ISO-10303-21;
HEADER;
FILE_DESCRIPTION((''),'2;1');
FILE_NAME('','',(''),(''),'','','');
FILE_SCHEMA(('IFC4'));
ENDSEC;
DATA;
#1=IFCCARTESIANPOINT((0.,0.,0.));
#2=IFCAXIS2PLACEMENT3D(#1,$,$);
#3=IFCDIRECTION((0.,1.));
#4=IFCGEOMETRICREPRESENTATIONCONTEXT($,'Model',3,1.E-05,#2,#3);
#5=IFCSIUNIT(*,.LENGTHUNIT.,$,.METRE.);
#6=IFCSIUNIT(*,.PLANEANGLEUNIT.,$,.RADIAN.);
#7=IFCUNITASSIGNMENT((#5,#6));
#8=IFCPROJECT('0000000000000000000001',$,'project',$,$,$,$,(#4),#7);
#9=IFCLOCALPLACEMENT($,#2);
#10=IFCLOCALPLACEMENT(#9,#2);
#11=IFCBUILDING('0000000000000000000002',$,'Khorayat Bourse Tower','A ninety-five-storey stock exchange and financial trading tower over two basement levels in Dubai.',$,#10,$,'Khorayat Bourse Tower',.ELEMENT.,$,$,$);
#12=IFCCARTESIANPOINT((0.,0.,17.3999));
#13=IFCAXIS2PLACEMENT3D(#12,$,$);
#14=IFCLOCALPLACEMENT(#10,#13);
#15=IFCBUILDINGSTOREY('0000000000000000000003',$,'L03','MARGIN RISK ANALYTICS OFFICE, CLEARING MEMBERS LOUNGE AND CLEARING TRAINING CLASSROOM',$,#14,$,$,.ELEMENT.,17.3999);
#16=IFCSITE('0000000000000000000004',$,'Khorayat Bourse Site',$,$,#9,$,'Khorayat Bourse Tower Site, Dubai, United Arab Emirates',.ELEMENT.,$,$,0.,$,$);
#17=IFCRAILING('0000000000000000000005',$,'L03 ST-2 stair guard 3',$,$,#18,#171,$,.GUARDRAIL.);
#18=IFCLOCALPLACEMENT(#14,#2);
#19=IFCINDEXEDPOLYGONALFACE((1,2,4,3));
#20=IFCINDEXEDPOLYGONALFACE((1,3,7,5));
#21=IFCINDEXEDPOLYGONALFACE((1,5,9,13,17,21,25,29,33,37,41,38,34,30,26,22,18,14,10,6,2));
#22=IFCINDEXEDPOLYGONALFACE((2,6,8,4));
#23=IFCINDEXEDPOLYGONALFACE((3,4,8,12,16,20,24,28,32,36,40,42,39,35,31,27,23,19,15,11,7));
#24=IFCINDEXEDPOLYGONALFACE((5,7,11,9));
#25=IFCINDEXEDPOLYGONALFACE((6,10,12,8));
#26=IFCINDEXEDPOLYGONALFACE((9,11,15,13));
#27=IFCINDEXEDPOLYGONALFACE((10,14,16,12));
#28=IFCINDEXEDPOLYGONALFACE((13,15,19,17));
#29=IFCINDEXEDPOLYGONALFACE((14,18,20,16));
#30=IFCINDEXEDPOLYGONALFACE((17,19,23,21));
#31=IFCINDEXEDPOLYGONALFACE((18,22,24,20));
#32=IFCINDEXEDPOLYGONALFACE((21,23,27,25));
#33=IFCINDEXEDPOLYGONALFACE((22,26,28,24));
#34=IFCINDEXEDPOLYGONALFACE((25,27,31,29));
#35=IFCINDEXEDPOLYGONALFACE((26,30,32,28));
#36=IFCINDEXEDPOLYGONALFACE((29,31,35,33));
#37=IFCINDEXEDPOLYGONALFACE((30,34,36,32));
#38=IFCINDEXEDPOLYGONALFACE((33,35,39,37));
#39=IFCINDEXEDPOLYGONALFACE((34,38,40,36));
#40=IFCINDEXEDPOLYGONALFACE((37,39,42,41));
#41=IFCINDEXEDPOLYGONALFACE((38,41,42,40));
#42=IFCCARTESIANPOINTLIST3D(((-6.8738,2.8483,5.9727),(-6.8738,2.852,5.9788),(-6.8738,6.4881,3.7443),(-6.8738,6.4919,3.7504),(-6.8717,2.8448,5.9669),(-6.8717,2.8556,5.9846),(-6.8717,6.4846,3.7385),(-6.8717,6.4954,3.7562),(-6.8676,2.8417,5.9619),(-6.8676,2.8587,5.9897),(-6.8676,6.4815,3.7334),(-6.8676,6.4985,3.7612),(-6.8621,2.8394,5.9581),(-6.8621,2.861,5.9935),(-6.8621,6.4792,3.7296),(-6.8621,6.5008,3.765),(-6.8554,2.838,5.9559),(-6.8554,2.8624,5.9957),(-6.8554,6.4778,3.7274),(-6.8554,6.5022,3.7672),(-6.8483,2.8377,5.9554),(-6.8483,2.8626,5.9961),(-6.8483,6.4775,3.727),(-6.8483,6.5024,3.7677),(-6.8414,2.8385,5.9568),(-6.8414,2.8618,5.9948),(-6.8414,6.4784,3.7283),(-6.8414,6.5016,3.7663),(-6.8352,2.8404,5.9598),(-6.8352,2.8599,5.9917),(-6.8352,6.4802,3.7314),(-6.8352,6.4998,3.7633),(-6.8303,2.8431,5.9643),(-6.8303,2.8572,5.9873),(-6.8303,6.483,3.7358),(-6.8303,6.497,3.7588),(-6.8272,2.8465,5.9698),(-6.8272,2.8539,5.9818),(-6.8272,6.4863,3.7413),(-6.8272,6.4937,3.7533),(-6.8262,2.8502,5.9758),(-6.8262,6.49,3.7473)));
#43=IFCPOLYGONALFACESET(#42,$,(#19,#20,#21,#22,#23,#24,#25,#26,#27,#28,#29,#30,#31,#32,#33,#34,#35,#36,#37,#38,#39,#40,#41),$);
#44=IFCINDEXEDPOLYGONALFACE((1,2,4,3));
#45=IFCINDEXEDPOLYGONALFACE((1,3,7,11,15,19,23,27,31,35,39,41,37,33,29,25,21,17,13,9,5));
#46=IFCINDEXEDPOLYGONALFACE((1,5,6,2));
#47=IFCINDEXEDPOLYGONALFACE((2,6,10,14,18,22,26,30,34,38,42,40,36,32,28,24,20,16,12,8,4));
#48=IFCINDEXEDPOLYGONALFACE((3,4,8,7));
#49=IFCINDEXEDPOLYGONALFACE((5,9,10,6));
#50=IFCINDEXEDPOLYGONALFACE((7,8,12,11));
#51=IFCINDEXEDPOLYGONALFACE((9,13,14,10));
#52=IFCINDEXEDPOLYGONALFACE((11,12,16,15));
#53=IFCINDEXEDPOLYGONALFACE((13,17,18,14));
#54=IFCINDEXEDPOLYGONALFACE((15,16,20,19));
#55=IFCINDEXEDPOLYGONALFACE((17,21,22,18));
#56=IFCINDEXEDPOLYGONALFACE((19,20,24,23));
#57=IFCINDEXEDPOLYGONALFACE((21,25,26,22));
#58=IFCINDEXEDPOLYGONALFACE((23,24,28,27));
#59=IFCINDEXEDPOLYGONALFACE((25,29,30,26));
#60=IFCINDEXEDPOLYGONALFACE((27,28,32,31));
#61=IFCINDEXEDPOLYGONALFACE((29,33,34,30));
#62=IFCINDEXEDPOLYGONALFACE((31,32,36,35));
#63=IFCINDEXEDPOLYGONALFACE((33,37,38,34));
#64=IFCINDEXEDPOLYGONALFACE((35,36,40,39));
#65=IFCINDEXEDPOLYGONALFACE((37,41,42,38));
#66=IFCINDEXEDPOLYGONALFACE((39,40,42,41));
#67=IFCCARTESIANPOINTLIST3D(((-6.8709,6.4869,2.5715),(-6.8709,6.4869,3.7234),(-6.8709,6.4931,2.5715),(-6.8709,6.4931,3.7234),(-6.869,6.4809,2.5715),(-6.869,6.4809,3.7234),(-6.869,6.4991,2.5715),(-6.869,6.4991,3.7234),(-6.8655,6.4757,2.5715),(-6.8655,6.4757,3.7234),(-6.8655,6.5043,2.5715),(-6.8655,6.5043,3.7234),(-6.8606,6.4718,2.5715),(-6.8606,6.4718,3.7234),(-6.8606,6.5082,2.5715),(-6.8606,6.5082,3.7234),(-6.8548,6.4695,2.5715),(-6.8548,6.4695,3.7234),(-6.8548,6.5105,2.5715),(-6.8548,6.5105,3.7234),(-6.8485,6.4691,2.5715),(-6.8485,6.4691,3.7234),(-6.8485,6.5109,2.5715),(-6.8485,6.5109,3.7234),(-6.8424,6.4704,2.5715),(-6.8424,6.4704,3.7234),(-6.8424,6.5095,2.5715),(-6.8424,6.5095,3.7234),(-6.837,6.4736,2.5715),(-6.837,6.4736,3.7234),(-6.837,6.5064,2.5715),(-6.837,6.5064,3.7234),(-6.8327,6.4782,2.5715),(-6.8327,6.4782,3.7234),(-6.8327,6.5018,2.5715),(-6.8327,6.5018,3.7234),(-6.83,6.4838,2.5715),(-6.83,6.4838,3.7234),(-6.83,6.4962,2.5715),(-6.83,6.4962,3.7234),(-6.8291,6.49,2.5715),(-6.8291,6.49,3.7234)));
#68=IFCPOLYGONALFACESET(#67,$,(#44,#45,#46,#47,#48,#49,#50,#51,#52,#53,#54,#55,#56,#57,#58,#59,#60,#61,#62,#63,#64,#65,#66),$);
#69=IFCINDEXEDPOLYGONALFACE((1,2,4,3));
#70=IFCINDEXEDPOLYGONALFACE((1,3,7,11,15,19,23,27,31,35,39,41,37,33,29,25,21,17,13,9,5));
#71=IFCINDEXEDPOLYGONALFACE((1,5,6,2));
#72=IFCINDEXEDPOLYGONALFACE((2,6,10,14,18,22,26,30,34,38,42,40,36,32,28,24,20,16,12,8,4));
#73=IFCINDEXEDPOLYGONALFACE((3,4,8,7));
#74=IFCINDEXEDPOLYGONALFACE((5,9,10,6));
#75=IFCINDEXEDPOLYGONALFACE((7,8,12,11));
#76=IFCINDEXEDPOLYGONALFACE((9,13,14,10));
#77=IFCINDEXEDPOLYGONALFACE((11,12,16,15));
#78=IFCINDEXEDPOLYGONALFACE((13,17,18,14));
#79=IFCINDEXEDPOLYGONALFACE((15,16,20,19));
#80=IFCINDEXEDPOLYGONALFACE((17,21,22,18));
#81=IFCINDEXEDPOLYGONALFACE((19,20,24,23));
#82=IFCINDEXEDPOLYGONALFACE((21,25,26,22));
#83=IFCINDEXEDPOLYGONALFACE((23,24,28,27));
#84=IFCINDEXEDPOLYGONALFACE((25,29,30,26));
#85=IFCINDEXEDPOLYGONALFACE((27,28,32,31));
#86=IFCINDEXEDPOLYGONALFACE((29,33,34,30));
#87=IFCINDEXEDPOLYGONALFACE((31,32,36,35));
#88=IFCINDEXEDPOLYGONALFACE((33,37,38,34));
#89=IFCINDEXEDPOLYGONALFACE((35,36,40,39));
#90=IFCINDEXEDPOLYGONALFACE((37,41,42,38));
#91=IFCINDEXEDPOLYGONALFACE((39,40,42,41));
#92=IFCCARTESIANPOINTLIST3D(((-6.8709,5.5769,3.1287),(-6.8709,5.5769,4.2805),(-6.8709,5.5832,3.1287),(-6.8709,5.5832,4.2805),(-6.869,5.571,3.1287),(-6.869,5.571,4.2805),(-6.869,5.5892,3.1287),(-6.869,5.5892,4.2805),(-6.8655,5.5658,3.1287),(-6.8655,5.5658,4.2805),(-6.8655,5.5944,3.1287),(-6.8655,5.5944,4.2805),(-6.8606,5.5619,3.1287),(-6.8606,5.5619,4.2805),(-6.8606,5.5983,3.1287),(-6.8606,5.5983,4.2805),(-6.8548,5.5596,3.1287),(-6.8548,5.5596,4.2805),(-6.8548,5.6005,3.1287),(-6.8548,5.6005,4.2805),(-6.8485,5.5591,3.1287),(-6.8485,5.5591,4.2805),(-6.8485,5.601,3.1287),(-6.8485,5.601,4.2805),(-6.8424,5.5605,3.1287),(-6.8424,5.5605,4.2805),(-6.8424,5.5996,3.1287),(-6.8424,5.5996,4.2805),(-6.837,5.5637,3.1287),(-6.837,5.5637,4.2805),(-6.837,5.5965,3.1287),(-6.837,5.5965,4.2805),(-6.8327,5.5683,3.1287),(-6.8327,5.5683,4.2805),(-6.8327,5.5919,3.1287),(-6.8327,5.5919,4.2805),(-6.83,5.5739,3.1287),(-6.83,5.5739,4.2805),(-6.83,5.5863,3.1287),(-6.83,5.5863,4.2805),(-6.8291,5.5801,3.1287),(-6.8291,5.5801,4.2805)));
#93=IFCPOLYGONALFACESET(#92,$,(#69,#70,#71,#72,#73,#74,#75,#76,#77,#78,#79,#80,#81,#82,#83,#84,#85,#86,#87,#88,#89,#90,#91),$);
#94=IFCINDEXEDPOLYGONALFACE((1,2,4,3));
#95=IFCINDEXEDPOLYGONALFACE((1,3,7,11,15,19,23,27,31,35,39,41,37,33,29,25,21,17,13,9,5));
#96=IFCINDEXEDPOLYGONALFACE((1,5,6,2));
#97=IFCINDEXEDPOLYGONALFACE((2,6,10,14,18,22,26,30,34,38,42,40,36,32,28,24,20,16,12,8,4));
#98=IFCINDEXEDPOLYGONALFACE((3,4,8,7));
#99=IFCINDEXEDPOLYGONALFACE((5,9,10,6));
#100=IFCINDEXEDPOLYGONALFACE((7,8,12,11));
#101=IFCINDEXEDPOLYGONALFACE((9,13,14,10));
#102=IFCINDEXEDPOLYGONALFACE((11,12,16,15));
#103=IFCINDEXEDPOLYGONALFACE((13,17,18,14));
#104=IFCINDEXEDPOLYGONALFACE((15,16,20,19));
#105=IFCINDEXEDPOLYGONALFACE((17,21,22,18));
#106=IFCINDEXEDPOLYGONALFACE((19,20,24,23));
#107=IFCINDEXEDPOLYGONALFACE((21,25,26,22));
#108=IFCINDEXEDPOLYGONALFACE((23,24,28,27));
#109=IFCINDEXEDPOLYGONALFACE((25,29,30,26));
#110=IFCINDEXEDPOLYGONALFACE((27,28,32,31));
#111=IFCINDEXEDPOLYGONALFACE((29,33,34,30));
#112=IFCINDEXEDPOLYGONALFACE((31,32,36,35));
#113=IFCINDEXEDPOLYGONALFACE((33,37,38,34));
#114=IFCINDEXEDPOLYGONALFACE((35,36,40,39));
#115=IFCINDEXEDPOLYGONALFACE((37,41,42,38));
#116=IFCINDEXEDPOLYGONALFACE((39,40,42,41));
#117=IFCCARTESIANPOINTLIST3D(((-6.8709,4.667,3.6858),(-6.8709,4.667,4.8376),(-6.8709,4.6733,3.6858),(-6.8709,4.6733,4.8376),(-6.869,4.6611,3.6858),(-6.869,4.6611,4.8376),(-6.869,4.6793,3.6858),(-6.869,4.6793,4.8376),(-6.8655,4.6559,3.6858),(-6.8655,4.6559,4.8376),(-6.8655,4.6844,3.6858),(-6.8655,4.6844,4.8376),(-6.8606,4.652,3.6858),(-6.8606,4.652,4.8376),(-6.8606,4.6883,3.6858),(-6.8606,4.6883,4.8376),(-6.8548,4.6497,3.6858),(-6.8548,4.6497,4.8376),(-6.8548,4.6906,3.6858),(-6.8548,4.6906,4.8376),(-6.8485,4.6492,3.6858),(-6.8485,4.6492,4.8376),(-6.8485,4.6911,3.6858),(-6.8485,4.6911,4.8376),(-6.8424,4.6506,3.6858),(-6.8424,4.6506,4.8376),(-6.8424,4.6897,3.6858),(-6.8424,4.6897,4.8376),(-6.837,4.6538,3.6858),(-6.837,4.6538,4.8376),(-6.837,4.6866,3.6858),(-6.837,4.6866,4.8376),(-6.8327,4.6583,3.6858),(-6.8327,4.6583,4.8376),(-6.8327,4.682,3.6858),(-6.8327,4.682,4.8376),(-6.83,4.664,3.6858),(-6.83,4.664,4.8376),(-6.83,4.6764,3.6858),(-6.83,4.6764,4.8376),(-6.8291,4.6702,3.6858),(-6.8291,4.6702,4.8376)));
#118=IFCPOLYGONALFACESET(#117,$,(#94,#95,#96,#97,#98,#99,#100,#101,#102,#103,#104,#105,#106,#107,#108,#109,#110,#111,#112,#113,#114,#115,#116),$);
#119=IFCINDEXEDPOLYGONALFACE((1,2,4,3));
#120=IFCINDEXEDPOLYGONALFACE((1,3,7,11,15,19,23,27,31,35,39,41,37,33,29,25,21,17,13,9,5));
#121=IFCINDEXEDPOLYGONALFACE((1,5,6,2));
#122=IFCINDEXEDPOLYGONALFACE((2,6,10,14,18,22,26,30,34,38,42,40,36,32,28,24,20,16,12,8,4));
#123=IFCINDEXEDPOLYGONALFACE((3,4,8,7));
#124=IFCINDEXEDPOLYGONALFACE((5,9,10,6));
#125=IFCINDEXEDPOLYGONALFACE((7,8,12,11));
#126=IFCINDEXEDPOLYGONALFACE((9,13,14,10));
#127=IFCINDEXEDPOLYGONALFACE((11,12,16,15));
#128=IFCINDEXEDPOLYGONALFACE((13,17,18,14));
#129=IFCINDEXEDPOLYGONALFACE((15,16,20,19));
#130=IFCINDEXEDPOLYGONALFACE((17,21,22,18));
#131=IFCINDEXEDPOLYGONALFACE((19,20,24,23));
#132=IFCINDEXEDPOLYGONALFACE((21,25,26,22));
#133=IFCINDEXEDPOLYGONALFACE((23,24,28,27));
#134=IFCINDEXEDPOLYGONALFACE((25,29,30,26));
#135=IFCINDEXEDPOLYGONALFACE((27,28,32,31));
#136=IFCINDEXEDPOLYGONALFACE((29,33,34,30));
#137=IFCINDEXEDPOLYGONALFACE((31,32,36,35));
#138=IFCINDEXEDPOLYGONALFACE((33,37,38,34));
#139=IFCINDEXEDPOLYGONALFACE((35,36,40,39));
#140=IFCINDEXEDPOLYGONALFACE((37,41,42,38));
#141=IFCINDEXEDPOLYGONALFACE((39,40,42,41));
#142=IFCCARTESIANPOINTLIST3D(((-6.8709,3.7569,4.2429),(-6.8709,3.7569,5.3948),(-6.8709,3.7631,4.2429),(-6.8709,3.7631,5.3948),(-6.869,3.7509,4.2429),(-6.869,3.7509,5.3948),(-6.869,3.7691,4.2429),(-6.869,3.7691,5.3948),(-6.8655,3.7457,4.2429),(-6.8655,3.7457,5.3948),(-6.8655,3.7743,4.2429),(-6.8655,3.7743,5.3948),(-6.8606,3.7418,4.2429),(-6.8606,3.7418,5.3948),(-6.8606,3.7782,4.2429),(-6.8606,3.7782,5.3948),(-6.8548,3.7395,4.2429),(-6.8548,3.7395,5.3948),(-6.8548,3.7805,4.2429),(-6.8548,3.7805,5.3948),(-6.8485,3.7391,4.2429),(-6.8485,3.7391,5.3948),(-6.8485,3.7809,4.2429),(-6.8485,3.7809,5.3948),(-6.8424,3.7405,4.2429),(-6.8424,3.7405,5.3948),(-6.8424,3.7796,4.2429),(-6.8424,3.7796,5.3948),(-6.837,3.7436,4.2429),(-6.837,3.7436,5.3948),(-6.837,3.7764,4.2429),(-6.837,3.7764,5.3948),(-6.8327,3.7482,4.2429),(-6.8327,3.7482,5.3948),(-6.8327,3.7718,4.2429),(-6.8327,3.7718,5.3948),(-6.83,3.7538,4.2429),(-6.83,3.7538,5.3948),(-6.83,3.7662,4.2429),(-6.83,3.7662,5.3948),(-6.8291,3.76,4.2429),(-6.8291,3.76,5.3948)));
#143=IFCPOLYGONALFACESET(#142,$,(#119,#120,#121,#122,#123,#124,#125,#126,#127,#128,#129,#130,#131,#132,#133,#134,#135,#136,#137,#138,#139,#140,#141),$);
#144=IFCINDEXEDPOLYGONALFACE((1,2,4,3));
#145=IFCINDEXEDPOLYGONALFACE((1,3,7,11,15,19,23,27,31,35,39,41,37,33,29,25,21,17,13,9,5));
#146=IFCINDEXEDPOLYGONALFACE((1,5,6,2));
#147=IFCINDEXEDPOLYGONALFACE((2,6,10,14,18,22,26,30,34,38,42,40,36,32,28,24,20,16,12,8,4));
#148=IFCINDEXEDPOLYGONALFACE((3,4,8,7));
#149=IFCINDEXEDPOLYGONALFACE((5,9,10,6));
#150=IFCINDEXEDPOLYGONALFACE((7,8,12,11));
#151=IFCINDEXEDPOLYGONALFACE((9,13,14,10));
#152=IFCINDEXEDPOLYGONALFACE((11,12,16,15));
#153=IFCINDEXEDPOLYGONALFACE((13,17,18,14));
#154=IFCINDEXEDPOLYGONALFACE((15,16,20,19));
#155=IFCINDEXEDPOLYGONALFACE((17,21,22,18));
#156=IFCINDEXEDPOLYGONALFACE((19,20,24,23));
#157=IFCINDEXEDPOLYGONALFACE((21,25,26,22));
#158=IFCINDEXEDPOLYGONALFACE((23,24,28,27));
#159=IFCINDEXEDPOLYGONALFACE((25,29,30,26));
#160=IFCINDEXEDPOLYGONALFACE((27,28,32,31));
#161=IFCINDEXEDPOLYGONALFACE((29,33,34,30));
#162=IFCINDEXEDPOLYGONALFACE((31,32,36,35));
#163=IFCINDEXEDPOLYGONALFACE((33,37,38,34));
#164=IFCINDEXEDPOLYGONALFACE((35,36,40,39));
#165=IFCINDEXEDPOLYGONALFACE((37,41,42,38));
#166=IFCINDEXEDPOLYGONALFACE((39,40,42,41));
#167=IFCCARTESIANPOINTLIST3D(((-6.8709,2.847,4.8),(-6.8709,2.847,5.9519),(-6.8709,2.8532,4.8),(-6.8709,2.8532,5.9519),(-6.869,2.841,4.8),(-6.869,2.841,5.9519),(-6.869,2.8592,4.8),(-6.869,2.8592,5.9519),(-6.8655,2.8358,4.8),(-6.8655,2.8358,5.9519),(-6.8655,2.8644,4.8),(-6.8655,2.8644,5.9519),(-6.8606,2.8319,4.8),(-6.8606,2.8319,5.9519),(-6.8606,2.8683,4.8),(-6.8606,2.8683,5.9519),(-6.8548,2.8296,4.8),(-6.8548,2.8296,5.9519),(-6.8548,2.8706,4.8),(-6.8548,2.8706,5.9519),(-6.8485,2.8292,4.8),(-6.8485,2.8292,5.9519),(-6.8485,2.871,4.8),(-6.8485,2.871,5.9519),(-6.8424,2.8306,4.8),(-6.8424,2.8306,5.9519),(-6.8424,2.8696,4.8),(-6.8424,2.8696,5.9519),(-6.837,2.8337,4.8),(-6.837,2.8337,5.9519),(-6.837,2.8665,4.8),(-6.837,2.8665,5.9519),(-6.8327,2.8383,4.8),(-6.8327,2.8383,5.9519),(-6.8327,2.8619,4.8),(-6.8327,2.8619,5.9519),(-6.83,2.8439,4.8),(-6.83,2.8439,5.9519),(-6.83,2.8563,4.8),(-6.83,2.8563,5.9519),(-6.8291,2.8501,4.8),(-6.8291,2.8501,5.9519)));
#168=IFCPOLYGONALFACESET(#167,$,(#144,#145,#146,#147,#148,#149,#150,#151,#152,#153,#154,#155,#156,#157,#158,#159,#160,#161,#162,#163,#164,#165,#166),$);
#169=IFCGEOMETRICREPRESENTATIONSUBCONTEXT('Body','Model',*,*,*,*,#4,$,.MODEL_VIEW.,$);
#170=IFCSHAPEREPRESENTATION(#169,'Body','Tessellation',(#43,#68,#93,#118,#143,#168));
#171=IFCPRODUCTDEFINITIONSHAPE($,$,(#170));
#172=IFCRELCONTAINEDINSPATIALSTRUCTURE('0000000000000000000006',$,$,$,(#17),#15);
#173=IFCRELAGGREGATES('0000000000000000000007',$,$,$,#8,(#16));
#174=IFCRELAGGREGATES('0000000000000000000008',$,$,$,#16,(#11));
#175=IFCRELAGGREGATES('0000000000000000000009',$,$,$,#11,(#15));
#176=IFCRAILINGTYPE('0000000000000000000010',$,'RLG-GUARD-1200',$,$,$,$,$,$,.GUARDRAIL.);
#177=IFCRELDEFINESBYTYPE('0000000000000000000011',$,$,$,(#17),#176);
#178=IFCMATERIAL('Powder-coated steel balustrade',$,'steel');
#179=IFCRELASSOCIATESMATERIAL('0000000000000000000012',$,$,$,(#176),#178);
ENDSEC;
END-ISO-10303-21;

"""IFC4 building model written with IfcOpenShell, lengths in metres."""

from ifc_helpers import new_model, si_unit, direction, frame, origin, origin_2d, place, context, subcontext, project, spatial, circle, extrude, source, transform, mapped, material, type_object, element, save


model = new_model("IFC4")

# Units and contexts
model_context = context("Model", 3, precision=1e-05, world=origin(), true_north=direction((0.0, 1.0)))
body_context = subcontext(model_context, "Body", "Model", "MODEL_VIEW")
ifc_project = project(units=[si_unit("LENGTHUNIT", "METRE"), si_unit("PLANEANGLEUNIT", "RADIAN")], contexts=[model_context])

# Site, building, storey
site_placement = place(None, origin())
site = spatial("IfcSite", under=ifc_project, at=site_placement, Name="Khorayat Bourse Site", LongName="Khorayat Bourse Tower Site, Dubai, United Arab Emirates", CompositionType="ELEMENT", RefElevation=0.0)
building_placement = place(site_placement, origin())
building = spatial("IfcBuilding", under=site, at=building_placement, Name="Khorayat Bourse Tower", Description="A ninety-five-storey stock exchange and financial trading tower over two basement levels in Dubai.", LongName="Khorayat Bourse Tower", CompositionType="ELEMENT")
storey_placement = place(building_placement, frame((0.0, 0.0, 17.3999)))
storey = spatial("IfcBuildingStorey", under=building, at=storey_placement, Name="L03", Description="MARGIN RISK ANALYTICS OFFICE, CLEARING MEMBERS LOUNGE AND CLEARING TRAINING CLASSROOM", CompositionType="ELEMENT", Elevation=17.3999)

# Railing
ifc_material_1 = material(Name="Powder-coated steel balustrade", Category="steel")
railing_type_1 = type_object("IfcRailingType", Name="RLG-GUARD-1200", PredefinedType="GUARDRAIL", material=ifc_material_1)
shared_shape_1 = source(origin(), body_context, "Body", "SweptSolid", [
    extrude(circle(Radius=0.0239, at=origin_2d()), frame((0.0, 0.0, 1.1758), z_axis=(0.0, -0.85285, 0.522156), x_axis=(1.0, 0.0, 0.0)), (0.0, 0.0, 1.0), 4.2678),
    extrude(circle(Radius=0.021, at=origin_2d()), origin(), (0.0, 0.0, 1.0), 1.1519),
    extrude(circle(Radius=0.021, at=origin_2d()), frame((0.0, -0.9099, 0.5571)), (0.0, 0.0, 1.0), 1.1519),
    extrude(circle(Radius=0.021, at=origin_2d()), frame((0.0, -1.8198, 1.1143)), (0.0, 0.0, 1.0), 1.1519),
    extrude(circle(Radius=0.021, at=origin_2d()), frame((0.0, -2.73, 1.6714)), (0.0, 0.0, 1.0), 1.1519),
    extrude(circle(Radius=0.021, at=origin_2d()), frame((0.0, -3.6399, 2.2285)), (0.0, 0.0, 1.0), 1.1519),
])
railing_1_placement = place(storey_placement, frame((-6.8501, 6.49, 2.5715)))
element("IfcRailing", 1, at=railing_1_placement, inside=storey, type_object=railing_type_1, Name="L03 ST-2 stair guard 3", PredefinedType="GUARDRAIL", context=body_context, shape_type="MappedRepresentation", body=[
    mapped(shared_shape_1, transform((0.0, 0.0, 0.0), scale=1.0)),
])

save(model, "model.ifc")
